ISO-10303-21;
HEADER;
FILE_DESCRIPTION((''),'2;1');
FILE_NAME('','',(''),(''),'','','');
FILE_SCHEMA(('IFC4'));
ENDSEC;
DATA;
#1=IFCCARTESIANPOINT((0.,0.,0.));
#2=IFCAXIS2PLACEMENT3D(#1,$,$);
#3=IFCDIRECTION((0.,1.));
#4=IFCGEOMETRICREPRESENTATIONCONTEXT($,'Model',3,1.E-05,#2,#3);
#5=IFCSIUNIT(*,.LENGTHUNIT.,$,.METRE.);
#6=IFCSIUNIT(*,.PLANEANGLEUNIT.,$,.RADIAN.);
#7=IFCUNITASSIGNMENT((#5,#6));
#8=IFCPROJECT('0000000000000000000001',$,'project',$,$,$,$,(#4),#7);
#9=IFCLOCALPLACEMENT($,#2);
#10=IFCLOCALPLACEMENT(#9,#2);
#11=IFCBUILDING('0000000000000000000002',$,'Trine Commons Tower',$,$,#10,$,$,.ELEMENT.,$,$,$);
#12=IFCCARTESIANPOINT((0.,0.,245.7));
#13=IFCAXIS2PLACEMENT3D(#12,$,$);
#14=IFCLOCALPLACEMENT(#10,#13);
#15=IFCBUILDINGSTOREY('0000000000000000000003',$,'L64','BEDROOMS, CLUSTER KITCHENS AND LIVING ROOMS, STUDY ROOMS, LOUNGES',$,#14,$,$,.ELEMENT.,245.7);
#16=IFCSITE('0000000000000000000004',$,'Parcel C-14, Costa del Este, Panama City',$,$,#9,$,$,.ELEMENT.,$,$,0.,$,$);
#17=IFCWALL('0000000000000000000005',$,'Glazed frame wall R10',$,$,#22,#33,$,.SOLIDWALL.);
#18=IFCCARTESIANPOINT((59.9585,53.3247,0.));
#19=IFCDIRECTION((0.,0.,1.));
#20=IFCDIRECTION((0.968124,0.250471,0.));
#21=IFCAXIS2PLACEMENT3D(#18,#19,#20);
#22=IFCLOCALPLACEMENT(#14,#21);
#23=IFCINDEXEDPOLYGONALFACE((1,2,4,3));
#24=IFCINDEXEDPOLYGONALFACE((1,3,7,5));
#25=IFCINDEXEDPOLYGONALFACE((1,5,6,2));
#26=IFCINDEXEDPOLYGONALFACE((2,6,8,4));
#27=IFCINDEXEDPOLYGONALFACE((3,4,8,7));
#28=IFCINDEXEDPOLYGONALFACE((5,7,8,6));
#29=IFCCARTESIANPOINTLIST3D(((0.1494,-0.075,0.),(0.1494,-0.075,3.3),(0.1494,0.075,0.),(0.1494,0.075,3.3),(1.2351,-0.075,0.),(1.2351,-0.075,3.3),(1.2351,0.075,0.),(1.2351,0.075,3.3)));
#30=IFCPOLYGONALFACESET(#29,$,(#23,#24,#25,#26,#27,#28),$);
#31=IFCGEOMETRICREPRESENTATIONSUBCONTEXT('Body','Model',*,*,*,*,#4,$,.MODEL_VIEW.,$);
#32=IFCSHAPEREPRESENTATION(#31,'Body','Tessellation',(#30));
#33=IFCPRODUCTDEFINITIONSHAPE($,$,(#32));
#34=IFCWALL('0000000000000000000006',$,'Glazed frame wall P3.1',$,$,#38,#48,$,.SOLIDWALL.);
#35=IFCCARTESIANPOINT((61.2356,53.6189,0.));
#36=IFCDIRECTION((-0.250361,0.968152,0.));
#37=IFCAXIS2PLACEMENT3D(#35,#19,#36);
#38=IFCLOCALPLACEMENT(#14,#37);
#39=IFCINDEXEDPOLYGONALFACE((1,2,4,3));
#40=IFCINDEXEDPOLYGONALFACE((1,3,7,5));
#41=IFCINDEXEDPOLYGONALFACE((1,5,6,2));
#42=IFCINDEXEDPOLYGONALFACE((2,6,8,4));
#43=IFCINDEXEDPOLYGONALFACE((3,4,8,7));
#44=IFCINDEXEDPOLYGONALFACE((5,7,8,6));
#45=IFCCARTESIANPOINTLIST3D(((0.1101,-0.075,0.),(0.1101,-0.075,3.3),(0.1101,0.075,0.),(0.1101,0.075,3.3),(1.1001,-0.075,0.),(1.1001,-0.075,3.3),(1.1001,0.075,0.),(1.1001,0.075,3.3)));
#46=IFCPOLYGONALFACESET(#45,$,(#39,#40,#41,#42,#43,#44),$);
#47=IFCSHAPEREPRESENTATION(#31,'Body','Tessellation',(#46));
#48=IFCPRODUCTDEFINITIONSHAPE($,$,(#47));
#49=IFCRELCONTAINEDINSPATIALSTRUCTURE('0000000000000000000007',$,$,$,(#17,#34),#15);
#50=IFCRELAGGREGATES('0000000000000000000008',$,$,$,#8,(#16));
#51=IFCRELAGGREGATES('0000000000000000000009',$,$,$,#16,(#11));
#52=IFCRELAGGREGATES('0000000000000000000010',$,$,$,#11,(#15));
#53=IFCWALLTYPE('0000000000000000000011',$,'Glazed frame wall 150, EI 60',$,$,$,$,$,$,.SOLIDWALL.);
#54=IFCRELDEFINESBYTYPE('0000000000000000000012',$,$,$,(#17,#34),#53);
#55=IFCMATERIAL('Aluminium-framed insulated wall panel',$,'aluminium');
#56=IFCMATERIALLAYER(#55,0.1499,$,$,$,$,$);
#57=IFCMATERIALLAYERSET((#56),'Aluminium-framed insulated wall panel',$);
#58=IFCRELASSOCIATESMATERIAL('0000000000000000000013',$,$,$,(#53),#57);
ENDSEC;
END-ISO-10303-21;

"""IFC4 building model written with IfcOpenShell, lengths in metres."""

from ifc_helpers import new_model, si_unit, direction, frame, origin, place, context, subcontext, project, spatial, polyline, outline, extrude, material, layer, layer_set, type_object, element, save


model = new_model("IFC4")

# Units and contexts
model_context = context("Model", 3, precision=1e-05, world=origin(), true_north=direction((0.0, 1.0)))
body_context = subcontext(model_context, "Body", "Model", "MODEL_VIEW")
ifc_project = project(units=[si_unit("LENGTHUNIT", "METRE"), si_unit("PLANEANGLEUNIT", "RADIAN")], contexts=[model_context])

# Site, building, storey
site_placement = place(None, origin())
site = spatial("IfcSite", under=ifc_project, at=site_placement, Name="Parcel C-14, Costa del Este, Panama City", CompositionType="ELEMENT", RefElevation=0.0)
building_placement = place(site_placement, origin())
building = spatial("IfcBuilding", under=site, at=building_placement, Name="Trine Commons Tower", CompositionType="ELEMENT")
storey_placement = place(building_placement, frame((0.0, 0.0, 245.7)))
storey = spatial("IfcBuildingStorey", under=building, at=storey_placement, Name="L64", Description="BEDROOMS, CLUSTER KITCHENS AND LIVING ROOMS, STUDY ROOMS, LOUNGES", CompositionType="ELEMENT", Elevation=245.7)

# Walls
ifc_material_1 = material(Name="Aluminium-framed insulated wall panel", Category="aluminium")
ifc_layer_1 = layer(ifc_material_1, 0.1499)
ifc_layer_set_1 = layer_set([ifc_layer_1], Name="Aluminium-framed insulated wall panel")
wall_type_1 = type_object("IfcWallType", Name="Glazed frame wall 150, EI 60", PredefinedType="SOLIDWALL", material=ifc_layer_set_1)
wall_1_placement = place(storey_placement, frame((59.9585, 53.3247, 0.0), z_axis=(0.0, 0.0, 1.0), x_axis=(0.968124, 0.250471, 0.0)))
element("IfcWall", 1, at=wall_1_placement, inside=storey, type_object=wall_type_1, Name="Glazed frame wall R10", PredefinedType="SOLIDWALL", context=body_context, shape_type="SweptSolid", body=[
    extrude(outline(polyline([(0.1494, 0.075), (0.1494, -0.075), (1.2351, -0.075), (1.2351, 0.075), (0.1494, 0.075)])), origin(), (0.0, 0.0, 1.0), 3.3),
])
wall_2_placement = place(storey_placement, frame((61.2356, 53.6189, 0.0), z_axis=(0.0, 0.0, 1.0), x_axis=(-0.250361, 0.968152, 0.0)))
element("IfcWall", 2, at=wall_2_placement, inside=storey, type_object=wall_type_1, Name="Glazed frame wall P3.1", PredefinedType="SOLIDWALL", context=body_context, shape_type="SweptSolid", body=[
    extrude(outline(polyline([(0.1101, -0.075), (1.1001, -0.075), (1.1001, 0.075), (0.1101, 0.075), (0.1101, -0.075)])), origin(), (0.0, 0.0, 1.0), 3.3),
])

save(model, "model.ifc")
